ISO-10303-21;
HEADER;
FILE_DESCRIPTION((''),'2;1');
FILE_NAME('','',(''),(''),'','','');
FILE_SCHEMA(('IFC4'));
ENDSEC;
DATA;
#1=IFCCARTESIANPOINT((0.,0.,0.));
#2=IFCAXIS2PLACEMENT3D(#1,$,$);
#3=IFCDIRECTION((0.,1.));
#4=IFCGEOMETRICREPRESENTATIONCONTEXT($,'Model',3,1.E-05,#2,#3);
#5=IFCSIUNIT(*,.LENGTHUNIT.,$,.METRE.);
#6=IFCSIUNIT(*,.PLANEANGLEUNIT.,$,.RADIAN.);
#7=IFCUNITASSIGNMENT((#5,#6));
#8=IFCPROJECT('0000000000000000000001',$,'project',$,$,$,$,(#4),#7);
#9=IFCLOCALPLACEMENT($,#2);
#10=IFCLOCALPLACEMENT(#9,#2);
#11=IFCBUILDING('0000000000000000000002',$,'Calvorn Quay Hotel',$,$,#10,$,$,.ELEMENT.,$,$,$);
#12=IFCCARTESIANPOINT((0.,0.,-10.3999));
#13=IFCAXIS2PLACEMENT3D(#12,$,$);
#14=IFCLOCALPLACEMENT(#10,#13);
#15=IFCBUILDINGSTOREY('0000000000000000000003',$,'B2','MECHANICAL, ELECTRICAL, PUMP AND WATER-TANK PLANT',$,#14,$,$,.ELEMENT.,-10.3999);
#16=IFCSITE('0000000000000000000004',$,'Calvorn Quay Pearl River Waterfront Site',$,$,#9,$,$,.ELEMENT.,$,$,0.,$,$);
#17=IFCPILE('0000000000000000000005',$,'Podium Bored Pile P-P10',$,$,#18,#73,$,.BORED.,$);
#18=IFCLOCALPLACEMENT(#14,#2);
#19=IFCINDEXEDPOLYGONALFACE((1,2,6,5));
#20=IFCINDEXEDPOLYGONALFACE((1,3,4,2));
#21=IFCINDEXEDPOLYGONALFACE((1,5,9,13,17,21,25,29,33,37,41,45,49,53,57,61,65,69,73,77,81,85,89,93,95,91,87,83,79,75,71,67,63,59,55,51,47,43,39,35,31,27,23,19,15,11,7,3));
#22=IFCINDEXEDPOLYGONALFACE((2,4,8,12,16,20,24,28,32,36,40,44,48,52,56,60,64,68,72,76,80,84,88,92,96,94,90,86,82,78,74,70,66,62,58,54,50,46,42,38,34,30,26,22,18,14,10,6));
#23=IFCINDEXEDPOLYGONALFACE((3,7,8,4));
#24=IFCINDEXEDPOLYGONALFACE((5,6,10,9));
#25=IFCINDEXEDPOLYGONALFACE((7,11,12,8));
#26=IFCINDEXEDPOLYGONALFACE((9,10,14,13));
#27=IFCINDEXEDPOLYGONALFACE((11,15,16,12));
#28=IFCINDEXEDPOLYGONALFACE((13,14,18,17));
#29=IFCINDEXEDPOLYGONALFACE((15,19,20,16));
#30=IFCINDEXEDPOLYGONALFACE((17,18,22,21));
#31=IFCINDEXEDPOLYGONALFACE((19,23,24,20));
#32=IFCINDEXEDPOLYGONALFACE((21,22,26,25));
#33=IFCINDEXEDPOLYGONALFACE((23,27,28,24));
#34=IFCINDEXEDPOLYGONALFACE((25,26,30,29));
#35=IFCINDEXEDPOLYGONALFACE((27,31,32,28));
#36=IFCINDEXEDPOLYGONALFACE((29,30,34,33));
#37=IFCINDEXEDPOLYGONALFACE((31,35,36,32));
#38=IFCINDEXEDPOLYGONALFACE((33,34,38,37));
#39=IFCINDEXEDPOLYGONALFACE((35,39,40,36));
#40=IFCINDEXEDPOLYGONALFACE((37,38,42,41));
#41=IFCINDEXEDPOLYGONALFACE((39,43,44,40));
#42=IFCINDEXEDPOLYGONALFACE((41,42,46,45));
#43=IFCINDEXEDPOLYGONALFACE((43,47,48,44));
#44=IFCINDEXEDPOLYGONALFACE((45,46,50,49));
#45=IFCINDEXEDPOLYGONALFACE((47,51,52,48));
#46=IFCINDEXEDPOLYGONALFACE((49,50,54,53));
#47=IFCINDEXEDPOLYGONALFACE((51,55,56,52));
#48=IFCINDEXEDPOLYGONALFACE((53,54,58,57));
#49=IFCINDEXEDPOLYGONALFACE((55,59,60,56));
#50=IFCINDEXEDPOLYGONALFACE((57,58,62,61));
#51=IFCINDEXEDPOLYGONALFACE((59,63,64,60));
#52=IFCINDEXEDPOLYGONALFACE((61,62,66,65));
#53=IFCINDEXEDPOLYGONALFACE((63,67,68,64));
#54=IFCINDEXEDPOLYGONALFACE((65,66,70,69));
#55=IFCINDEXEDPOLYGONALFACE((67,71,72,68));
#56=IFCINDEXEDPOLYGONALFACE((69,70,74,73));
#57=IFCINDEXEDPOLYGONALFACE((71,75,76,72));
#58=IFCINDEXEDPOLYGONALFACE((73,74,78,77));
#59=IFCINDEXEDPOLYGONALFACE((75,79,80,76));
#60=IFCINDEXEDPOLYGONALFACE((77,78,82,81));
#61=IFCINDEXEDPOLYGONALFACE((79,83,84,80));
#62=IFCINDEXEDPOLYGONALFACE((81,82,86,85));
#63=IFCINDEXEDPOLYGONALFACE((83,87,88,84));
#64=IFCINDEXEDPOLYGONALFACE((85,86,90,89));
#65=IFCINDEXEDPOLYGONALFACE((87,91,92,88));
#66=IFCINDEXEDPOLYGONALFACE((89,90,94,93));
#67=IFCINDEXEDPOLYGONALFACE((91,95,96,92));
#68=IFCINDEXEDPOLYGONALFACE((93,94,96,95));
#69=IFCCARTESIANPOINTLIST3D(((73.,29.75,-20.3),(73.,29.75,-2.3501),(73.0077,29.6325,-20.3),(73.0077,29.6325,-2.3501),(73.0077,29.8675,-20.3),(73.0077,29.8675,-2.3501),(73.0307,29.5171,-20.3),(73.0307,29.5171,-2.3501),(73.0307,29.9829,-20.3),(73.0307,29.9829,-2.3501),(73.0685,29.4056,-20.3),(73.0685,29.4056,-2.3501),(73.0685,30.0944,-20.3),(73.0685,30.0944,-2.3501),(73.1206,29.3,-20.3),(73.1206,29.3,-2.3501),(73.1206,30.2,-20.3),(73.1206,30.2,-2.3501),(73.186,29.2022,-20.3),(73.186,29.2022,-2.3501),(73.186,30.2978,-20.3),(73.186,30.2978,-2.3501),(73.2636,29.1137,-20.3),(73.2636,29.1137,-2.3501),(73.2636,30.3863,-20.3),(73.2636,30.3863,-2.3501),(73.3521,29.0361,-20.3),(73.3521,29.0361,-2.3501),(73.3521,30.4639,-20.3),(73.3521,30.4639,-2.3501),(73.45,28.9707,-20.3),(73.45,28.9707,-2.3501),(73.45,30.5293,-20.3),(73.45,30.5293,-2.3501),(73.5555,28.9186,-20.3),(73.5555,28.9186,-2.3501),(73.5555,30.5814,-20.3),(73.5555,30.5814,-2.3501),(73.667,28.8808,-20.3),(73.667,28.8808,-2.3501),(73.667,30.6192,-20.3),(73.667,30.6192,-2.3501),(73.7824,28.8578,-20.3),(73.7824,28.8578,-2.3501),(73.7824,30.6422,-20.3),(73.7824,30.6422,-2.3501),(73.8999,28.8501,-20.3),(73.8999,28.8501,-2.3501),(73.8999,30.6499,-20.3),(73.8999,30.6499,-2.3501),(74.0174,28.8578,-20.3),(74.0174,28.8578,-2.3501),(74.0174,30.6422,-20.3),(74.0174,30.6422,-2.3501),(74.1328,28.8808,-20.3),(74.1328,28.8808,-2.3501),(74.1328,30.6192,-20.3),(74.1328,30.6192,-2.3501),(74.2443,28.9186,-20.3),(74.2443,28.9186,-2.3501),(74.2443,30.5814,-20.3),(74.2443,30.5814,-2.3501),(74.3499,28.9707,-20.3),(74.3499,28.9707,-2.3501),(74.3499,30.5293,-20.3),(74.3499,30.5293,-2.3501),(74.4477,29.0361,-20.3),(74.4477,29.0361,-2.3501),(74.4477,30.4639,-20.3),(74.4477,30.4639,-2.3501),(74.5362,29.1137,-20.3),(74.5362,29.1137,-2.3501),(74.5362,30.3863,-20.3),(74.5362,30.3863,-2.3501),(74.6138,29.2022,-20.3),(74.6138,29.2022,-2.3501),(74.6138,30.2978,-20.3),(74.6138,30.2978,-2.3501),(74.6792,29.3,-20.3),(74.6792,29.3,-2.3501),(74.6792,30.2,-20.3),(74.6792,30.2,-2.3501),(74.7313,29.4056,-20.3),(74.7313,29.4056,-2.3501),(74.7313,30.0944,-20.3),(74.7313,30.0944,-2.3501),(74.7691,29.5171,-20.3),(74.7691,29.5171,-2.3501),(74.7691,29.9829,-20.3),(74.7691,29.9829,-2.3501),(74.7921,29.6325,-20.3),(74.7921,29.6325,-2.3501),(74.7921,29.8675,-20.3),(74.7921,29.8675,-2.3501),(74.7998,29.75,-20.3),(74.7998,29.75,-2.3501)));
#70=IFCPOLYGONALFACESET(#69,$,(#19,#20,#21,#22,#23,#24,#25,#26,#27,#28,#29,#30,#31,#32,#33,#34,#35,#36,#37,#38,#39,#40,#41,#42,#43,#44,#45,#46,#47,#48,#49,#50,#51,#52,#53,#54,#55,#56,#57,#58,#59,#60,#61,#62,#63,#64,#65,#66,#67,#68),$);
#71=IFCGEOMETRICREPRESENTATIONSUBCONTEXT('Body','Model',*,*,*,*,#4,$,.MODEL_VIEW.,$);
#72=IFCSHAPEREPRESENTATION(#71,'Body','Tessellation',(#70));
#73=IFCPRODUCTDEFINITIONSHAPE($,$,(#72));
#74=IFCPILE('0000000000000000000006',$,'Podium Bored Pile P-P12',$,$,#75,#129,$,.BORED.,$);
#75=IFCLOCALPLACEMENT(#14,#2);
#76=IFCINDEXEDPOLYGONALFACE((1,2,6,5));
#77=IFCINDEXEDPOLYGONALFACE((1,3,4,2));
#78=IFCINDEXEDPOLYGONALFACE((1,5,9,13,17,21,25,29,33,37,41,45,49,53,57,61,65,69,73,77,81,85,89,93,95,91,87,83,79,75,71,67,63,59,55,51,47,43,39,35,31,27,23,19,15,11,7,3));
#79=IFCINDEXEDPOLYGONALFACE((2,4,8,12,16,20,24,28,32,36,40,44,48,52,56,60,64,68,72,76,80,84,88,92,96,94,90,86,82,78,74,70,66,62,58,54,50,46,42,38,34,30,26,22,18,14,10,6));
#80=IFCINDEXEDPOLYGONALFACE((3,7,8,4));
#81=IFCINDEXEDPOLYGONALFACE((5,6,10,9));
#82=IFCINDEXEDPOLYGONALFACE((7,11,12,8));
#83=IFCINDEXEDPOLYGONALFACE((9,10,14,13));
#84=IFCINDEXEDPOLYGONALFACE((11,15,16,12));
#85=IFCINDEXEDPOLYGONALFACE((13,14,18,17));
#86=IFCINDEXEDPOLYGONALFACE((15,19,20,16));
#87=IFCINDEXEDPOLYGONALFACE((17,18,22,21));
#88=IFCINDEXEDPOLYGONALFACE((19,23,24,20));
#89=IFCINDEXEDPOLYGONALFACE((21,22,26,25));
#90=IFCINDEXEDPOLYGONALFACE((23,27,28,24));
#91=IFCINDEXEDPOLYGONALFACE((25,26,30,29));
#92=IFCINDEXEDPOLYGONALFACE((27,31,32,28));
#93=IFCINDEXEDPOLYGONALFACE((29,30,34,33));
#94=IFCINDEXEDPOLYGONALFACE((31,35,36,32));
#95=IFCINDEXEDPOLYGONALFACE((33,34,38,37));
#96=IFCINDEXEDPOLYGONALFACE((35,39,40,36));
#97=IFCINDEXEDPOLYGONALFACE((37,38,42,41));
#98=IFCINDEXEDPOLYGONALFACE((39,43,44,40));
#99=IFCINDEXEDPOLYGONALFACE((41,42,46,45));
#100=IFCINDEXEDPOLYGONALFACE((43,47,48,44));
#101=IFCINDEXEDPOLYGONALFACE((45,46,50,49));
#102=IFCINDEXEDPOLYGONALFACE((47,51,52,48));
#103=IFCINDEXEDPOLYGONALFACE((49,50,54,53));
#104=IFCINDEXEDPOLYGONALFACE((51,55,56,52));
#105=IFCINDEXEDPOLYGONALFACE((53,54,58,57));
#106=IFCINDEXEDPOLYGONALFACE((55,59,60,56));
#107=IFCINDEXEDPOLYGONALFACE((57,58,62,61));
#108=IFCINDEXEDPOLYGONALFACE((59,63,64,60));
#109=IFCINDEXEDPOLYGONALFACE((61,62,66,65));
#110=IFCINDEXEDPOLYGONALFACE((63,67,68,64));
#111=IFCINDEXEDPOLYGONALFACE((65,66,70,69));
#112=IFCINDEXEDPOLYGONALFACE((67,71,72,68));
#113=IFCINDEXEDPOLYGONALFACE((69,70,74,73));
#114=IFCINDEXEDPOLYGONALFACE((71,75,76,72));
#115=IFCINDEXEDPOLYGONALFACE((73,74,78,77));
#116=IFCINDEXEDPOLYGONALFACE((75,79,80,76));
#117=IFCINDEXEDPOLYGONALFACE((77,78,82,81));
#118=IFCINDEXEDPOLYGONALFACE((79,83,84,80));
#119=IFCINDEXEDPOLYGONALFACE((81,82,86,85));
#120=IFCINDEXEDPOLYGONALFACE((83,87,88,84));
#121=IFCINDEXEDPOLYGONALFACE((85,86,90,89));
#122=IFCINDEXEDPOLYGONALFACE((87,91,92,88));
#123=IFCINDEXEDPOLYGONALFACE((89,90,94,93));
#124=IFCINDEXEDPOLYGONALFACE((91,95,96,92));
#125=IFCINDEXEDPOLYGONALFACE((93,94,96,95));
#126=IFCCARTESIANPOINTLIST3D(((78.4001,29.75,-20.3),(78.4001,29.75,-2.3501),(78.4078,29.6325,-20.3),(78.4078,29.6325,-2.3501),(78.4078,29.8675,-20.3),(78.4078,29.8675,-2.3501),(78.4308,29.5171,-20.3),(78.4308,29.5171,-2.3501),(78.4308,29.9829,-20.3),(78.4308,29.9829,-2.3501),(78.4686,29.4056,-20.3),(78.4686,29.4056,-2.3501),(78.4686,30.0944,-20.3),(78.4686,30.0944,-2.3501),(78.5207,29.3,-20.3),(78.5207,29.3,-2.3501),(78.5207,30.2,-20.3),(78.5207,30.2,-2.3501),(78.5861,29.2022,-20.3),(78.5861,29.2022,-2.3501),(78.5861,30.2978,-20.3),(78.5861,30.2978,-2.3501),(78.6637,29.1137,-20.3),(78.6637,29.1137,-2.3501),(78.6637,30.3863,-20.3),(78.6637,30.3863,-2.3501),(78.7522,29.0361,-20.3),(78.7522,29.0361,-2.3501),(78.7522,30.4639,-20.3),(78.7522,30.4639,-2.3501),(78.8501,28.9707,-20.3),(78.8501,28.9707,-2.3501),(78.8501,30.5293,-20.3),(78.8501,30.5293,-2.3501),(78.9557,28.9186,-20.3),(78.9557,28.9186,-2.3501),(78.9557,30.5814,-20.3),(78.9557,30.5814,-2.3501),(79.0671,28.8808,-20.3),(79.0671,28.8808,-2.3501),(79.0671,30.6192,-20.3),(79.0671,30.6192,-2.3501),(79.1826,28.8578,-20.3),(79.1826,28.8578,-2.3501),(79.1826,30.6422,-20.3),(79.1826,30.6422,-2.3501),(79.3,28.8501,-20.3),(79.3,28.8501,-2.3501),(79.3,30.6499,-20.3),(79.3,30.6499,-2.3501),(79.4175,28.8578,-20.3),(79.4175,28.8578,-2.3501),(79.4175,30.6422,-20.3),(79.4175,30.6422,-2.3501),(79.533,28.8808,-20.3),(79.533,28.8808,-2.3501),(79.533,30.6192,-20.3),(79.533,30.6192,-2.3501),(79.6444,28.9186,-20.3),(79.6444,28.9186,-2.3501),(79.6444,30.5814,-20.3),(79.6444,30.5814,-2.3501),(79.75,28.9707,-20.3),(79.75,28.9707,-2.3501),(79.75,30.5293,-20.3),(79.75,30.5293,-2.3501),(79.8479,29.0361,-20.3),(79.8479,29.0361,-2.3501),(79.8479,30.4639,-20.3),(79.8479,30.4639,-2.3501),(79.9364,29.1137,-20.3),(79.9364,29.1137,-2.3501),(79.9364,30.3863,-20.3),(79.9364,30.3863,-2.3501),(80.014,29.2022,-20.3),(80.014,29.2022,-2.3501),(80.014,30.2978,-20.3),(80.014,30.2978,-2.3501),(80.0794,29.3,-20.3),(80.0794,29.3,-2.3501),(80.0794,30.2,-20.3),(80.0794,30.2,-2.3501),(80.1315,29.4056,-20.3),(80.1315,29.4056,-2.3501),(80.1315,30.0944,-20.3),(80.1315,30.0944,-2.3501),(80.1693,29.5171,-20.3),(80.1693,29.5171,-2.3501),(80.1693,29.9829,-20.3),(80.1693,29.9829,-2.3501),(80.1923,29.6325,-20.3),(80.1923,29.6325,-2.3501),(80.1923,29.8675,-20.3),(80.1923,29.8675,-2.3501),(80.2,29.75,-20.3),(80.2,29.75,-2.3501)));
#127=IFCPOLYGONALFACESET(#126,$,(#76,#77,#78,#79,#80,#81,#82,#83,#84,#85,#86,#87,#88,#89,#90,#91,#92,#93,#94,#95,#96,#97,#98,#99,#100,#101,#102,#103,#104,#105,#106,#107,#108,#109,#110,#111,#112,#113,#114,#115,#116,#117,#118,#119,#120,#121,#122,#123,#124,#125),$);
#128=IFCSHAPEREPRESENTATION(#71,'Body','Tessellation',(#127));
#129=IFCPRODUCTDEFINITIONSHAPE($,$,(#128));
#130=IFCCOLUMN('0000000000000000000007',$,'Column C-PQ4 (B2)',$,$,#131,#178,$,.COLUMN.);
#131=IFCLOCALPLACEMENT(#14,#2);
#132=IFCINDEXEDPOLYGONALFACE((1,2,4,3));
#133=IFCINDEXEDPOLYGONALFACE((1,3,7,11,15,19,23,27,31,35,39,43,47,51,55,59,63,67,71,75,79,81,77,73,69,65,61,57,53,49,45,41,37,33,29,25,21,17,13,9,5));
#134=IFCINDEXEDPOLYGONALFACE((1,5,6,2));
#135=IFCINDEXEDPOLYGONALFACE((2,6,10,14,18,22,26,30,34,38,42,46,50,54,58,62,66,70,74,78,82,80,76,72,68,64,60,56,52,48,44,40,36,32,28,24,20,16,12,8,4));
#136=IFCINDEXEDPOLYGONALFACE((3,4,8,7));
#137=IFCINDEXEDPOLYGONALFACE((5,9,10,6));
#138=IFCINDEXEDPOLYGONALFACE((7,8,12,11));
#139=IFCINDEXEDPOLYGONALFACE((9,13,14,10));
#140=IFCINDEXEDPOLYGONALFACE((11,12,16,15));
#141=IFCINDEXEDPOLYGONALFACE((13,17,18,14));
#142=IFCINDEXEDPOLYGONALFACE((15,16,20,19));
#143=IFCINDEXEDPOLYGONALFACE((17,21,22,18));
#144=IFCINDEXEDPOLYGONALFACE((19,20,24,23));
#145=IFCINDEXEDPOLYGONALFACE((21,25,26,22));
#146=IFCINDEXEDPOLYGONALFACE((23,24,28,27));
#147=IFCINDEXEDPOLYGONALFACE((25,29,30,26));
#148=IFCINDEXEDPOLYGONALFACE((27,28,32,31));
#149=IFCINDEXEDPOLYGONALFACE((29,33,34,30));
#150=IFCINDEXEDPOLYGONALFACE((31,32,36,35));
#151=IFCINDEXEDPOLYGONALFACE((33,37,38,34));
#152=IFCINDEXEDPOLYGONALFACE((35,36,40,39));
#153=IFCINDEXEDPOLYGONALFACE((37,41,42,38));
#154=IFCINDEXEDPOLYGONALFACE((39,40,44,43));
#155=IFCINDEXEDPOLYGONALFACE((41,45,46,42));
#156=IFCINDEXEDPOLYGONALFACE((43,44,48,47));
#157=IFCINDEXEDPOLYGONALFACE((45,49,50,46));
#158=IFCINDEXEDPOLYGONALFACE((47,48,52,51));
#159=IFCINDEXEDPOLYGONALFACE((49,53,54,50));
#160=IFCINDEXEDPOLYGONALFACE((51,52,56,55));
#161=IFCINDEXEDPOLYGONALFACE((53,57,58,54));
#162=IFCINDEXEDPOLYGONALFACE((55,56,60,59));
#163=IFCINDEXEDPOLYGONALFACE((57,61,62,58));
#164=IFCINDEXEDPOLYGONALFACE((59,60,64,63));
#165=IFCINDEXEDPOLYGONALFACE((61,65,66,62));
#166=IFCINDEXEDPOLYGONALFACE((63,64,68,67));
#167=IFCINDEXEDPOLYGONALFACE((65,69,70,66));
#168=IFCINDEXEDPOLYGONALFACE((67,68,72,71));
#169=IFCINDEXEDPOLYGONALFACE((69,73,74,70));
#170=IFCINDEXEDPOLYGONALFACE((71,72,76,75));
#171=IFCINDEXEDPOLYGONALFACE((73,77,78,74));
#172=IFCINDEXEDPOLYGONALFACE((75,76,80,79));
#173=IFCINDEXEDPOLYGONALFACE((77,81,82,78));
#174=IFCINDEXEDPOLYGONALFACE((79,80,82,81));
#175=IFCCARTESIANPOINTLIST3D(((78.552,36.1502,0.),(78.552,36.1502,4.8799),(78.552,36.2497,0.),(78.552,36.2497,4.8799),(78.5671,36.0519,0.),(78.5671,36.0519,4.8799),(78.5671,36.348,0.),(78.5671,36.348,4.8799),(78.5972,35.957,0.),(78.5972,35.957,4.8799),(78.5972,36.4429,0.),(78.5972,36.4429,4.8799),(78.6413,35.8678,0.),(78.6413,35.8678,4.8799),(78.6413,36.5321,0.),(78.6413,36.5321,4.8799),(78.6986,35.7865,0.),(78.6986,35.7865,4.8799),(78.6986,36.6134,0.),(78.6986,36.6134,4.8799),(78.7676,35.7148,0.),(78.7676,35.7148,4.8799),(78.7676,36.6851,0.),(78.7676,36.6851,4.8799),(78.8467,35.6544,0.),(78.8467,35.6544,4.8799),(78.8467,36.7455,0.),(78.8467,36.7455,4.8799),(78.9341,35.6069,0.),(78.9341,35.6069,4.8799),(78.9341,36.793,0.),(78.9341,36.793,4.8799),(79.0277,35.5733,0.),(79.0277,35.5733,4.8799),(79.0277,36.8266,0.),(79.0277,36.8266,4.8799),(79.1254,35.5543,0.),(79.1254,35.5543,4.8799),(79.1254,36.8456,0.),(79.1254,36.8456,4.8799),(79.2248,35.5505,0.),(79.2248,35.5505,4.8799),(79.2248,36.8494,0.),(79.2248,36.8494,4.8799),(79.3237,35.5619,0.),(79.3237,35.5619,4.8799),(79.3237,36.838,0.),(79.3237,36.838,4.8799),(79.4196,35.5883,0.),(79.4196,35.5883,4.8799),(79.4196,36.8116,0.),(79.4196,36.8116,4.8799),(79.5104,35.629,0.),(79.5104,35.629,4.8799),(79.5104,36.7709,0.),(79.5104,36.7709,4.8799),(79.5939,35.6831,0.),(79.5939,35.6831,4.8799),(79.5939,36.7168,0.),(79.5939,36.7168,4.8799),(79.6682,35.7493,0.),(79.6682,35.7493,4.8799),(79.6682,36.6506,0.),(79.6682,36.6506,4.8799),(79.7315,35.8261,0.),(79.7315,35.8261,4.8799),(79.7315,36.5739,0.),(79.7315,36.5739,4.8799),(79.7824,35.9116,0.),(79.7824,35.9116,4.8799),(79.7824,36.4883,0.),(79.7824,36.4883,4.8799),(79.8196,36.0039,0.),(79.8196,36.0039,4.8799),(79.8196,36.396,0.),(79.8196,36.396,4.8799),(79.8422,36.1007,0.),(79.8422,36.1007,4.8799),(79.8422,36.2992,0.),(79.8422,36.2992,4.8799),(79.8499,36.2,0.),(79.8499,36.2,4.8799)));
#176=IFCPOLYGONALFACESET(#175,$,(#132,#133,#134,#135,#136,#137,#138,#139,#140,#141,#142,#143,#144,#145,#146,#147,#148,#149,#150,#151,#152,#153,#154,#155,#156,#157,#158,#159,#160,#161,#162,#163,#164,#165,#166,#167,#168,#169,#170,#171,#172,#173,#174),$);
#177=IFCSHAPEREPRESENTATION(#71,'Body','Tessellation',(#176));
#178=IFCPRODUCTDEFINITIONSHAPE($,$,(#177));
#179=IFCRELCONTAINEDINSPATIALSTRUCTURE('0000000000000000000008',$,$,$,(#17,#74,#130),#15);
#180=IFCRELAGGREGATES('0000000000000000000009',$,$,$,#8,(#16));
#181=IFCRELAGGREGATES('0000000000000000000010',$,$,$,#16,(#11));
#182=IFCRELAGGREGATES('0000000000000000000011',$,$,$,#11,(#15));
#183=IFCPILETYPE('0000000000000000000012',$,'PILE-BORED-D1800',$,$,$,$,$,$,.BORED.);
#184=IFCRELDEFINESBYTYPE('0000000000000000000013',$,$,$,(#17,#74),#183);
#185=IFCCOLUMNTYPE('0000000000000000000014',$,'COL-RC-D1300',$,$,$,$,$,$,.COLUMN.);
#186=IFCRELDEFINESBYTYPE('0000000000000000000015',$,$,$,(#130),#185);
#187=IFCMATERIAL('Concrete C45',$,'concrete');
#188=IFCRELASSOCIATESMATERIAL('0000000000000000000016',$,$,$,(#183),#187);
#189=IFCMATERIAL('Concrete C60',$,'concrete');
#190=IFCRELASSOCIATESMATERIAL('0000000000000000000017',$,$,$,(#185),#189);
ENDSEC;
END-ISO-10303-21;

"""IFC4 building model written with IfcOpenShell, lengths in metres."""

from ifc_helpers import new_model, si_unit, direction, frame, origin, origin_2d, place, context, subcontext, project, spatial, circle, extrude, material, material_profile, profile_set, type_object, element, save


model = new_model("IFC4")

# Units and contexts
model_context = context("Model", 3, precision=1e-05, world=origin(), true_north=direction((0.0, 1.0)))
body_context = subcontext(model_context, "Body", "Model", "MODEL_VIEW")
ifc_project = project(units=[si_unit("LENGTHUNIT", "METRE"), si_unit("PLANEANGLEUNIT", "RADIAN")], contexts=[model_context])

# Site, building, storey
site_placement = place(None, origin())
site = spatial("IfcSite", under=ifc_project, at=site_placement, Name="Calvorn Quay Pearl River Waterfront Site", CompositionType="ELEMENT", RefElevation=0.0)
building_placement = place(site_placement, origin())
building = spatial("IfcBuilding", under=site, at=building_placement, Name="Calvorn Quay Hotel", CompositionType="ELEMENT")
storey_placement = place(building_placement, frame((0.0, 0.0, -10.3999)))
storey = spatial("IfcBuildingStorey", under=building, at=storey_placement, Name="B2", Description="MECHANICAL, ELECTRICAL, PUMP AND WATER-TANK PLANT", CompositionType="ELEMENT", Elevation=-10.3999)

# Piles
ifc_material_1 = material(Name="Concrete C45", Category="concrete")
ifc_material_profile_1 = material_profile(ifc_material_1, circle(Radius=0.8999, at=origin_2d()), Name="PILE-D1800")
ifc_profile_set_1 = profile_set([ifc_material_profile_1], Name="Concrete C45")
pile_type_1 = type_object("IfcPileType", Name="PILE-BORED-D1800", PredefinedType="BORED", material=ifc_profile_set_1)
for number, where, z_axis, x_axis, name in (
    (1, (73.8999, 29.75, -2.3501), (0.0, 0.0, -1.0), (1.0, 0.0, 0.0), "Podium Bored Pile P-P10"),
    (2, (79.3, 29.75, -2.3501), (0.0, 0.0, -1.0), (1.0, 0.0, 0.0), "Podium Bored Pile P-P12"),
):
    element("IfcPile", number, at=place(storey_placement, frame(where, z_axis=z_axis, x_axis=x_axis)), inside=storey, type_object=pile_type_1, Name=name, PredefinedType="BORED", context=body_context, shape_type="SweptSolid", body=[
        extrude(circle(Radius=0.8999, at=origin_2d()), origin(), (0.0, 0.0, 1.0), 17.95),
    ])

# Column
ifc_material_2 = material(Name="Concrete C60", Category="concrete")
ifc_material_profile_2 = material_profile(ifc_material_2, circle(Radius=0.6499, at=origin_2d()), Name="RCD1300")
ifc_profile_set_2 = profile_set([ifc_material_profile_2], Name="Concrete C60")
column_type_1 = type_object("IfcColumnType", Name="COL-RC-D1300", PredefinedType="COLUMN", material=ifc_profile_set_2)
for number, where, z_axis, x_axis, name in (
    (3, (79.2, 36.2, 0.0), (0.0, 0.0, 1.0), (1.0, 0.0, 0.0), "Column C-PQ4 (B2)"),
):
    element("IfcColumn", number, at=place(storey_placement, frame(where, z_axis=z_axis, x_axis=x_axis)), inside=storey, type_object=column_type_1, Name=name, PredefinedType="COLUMN", context=body_context, shape_type="SweptSolid", body=[
        extrude(circle(Radius=0.6499, at=origin_2d()), origin(), (0.0, 0.0, 1.0), 4.8799),
    ])

save(model, "model.ifc")
